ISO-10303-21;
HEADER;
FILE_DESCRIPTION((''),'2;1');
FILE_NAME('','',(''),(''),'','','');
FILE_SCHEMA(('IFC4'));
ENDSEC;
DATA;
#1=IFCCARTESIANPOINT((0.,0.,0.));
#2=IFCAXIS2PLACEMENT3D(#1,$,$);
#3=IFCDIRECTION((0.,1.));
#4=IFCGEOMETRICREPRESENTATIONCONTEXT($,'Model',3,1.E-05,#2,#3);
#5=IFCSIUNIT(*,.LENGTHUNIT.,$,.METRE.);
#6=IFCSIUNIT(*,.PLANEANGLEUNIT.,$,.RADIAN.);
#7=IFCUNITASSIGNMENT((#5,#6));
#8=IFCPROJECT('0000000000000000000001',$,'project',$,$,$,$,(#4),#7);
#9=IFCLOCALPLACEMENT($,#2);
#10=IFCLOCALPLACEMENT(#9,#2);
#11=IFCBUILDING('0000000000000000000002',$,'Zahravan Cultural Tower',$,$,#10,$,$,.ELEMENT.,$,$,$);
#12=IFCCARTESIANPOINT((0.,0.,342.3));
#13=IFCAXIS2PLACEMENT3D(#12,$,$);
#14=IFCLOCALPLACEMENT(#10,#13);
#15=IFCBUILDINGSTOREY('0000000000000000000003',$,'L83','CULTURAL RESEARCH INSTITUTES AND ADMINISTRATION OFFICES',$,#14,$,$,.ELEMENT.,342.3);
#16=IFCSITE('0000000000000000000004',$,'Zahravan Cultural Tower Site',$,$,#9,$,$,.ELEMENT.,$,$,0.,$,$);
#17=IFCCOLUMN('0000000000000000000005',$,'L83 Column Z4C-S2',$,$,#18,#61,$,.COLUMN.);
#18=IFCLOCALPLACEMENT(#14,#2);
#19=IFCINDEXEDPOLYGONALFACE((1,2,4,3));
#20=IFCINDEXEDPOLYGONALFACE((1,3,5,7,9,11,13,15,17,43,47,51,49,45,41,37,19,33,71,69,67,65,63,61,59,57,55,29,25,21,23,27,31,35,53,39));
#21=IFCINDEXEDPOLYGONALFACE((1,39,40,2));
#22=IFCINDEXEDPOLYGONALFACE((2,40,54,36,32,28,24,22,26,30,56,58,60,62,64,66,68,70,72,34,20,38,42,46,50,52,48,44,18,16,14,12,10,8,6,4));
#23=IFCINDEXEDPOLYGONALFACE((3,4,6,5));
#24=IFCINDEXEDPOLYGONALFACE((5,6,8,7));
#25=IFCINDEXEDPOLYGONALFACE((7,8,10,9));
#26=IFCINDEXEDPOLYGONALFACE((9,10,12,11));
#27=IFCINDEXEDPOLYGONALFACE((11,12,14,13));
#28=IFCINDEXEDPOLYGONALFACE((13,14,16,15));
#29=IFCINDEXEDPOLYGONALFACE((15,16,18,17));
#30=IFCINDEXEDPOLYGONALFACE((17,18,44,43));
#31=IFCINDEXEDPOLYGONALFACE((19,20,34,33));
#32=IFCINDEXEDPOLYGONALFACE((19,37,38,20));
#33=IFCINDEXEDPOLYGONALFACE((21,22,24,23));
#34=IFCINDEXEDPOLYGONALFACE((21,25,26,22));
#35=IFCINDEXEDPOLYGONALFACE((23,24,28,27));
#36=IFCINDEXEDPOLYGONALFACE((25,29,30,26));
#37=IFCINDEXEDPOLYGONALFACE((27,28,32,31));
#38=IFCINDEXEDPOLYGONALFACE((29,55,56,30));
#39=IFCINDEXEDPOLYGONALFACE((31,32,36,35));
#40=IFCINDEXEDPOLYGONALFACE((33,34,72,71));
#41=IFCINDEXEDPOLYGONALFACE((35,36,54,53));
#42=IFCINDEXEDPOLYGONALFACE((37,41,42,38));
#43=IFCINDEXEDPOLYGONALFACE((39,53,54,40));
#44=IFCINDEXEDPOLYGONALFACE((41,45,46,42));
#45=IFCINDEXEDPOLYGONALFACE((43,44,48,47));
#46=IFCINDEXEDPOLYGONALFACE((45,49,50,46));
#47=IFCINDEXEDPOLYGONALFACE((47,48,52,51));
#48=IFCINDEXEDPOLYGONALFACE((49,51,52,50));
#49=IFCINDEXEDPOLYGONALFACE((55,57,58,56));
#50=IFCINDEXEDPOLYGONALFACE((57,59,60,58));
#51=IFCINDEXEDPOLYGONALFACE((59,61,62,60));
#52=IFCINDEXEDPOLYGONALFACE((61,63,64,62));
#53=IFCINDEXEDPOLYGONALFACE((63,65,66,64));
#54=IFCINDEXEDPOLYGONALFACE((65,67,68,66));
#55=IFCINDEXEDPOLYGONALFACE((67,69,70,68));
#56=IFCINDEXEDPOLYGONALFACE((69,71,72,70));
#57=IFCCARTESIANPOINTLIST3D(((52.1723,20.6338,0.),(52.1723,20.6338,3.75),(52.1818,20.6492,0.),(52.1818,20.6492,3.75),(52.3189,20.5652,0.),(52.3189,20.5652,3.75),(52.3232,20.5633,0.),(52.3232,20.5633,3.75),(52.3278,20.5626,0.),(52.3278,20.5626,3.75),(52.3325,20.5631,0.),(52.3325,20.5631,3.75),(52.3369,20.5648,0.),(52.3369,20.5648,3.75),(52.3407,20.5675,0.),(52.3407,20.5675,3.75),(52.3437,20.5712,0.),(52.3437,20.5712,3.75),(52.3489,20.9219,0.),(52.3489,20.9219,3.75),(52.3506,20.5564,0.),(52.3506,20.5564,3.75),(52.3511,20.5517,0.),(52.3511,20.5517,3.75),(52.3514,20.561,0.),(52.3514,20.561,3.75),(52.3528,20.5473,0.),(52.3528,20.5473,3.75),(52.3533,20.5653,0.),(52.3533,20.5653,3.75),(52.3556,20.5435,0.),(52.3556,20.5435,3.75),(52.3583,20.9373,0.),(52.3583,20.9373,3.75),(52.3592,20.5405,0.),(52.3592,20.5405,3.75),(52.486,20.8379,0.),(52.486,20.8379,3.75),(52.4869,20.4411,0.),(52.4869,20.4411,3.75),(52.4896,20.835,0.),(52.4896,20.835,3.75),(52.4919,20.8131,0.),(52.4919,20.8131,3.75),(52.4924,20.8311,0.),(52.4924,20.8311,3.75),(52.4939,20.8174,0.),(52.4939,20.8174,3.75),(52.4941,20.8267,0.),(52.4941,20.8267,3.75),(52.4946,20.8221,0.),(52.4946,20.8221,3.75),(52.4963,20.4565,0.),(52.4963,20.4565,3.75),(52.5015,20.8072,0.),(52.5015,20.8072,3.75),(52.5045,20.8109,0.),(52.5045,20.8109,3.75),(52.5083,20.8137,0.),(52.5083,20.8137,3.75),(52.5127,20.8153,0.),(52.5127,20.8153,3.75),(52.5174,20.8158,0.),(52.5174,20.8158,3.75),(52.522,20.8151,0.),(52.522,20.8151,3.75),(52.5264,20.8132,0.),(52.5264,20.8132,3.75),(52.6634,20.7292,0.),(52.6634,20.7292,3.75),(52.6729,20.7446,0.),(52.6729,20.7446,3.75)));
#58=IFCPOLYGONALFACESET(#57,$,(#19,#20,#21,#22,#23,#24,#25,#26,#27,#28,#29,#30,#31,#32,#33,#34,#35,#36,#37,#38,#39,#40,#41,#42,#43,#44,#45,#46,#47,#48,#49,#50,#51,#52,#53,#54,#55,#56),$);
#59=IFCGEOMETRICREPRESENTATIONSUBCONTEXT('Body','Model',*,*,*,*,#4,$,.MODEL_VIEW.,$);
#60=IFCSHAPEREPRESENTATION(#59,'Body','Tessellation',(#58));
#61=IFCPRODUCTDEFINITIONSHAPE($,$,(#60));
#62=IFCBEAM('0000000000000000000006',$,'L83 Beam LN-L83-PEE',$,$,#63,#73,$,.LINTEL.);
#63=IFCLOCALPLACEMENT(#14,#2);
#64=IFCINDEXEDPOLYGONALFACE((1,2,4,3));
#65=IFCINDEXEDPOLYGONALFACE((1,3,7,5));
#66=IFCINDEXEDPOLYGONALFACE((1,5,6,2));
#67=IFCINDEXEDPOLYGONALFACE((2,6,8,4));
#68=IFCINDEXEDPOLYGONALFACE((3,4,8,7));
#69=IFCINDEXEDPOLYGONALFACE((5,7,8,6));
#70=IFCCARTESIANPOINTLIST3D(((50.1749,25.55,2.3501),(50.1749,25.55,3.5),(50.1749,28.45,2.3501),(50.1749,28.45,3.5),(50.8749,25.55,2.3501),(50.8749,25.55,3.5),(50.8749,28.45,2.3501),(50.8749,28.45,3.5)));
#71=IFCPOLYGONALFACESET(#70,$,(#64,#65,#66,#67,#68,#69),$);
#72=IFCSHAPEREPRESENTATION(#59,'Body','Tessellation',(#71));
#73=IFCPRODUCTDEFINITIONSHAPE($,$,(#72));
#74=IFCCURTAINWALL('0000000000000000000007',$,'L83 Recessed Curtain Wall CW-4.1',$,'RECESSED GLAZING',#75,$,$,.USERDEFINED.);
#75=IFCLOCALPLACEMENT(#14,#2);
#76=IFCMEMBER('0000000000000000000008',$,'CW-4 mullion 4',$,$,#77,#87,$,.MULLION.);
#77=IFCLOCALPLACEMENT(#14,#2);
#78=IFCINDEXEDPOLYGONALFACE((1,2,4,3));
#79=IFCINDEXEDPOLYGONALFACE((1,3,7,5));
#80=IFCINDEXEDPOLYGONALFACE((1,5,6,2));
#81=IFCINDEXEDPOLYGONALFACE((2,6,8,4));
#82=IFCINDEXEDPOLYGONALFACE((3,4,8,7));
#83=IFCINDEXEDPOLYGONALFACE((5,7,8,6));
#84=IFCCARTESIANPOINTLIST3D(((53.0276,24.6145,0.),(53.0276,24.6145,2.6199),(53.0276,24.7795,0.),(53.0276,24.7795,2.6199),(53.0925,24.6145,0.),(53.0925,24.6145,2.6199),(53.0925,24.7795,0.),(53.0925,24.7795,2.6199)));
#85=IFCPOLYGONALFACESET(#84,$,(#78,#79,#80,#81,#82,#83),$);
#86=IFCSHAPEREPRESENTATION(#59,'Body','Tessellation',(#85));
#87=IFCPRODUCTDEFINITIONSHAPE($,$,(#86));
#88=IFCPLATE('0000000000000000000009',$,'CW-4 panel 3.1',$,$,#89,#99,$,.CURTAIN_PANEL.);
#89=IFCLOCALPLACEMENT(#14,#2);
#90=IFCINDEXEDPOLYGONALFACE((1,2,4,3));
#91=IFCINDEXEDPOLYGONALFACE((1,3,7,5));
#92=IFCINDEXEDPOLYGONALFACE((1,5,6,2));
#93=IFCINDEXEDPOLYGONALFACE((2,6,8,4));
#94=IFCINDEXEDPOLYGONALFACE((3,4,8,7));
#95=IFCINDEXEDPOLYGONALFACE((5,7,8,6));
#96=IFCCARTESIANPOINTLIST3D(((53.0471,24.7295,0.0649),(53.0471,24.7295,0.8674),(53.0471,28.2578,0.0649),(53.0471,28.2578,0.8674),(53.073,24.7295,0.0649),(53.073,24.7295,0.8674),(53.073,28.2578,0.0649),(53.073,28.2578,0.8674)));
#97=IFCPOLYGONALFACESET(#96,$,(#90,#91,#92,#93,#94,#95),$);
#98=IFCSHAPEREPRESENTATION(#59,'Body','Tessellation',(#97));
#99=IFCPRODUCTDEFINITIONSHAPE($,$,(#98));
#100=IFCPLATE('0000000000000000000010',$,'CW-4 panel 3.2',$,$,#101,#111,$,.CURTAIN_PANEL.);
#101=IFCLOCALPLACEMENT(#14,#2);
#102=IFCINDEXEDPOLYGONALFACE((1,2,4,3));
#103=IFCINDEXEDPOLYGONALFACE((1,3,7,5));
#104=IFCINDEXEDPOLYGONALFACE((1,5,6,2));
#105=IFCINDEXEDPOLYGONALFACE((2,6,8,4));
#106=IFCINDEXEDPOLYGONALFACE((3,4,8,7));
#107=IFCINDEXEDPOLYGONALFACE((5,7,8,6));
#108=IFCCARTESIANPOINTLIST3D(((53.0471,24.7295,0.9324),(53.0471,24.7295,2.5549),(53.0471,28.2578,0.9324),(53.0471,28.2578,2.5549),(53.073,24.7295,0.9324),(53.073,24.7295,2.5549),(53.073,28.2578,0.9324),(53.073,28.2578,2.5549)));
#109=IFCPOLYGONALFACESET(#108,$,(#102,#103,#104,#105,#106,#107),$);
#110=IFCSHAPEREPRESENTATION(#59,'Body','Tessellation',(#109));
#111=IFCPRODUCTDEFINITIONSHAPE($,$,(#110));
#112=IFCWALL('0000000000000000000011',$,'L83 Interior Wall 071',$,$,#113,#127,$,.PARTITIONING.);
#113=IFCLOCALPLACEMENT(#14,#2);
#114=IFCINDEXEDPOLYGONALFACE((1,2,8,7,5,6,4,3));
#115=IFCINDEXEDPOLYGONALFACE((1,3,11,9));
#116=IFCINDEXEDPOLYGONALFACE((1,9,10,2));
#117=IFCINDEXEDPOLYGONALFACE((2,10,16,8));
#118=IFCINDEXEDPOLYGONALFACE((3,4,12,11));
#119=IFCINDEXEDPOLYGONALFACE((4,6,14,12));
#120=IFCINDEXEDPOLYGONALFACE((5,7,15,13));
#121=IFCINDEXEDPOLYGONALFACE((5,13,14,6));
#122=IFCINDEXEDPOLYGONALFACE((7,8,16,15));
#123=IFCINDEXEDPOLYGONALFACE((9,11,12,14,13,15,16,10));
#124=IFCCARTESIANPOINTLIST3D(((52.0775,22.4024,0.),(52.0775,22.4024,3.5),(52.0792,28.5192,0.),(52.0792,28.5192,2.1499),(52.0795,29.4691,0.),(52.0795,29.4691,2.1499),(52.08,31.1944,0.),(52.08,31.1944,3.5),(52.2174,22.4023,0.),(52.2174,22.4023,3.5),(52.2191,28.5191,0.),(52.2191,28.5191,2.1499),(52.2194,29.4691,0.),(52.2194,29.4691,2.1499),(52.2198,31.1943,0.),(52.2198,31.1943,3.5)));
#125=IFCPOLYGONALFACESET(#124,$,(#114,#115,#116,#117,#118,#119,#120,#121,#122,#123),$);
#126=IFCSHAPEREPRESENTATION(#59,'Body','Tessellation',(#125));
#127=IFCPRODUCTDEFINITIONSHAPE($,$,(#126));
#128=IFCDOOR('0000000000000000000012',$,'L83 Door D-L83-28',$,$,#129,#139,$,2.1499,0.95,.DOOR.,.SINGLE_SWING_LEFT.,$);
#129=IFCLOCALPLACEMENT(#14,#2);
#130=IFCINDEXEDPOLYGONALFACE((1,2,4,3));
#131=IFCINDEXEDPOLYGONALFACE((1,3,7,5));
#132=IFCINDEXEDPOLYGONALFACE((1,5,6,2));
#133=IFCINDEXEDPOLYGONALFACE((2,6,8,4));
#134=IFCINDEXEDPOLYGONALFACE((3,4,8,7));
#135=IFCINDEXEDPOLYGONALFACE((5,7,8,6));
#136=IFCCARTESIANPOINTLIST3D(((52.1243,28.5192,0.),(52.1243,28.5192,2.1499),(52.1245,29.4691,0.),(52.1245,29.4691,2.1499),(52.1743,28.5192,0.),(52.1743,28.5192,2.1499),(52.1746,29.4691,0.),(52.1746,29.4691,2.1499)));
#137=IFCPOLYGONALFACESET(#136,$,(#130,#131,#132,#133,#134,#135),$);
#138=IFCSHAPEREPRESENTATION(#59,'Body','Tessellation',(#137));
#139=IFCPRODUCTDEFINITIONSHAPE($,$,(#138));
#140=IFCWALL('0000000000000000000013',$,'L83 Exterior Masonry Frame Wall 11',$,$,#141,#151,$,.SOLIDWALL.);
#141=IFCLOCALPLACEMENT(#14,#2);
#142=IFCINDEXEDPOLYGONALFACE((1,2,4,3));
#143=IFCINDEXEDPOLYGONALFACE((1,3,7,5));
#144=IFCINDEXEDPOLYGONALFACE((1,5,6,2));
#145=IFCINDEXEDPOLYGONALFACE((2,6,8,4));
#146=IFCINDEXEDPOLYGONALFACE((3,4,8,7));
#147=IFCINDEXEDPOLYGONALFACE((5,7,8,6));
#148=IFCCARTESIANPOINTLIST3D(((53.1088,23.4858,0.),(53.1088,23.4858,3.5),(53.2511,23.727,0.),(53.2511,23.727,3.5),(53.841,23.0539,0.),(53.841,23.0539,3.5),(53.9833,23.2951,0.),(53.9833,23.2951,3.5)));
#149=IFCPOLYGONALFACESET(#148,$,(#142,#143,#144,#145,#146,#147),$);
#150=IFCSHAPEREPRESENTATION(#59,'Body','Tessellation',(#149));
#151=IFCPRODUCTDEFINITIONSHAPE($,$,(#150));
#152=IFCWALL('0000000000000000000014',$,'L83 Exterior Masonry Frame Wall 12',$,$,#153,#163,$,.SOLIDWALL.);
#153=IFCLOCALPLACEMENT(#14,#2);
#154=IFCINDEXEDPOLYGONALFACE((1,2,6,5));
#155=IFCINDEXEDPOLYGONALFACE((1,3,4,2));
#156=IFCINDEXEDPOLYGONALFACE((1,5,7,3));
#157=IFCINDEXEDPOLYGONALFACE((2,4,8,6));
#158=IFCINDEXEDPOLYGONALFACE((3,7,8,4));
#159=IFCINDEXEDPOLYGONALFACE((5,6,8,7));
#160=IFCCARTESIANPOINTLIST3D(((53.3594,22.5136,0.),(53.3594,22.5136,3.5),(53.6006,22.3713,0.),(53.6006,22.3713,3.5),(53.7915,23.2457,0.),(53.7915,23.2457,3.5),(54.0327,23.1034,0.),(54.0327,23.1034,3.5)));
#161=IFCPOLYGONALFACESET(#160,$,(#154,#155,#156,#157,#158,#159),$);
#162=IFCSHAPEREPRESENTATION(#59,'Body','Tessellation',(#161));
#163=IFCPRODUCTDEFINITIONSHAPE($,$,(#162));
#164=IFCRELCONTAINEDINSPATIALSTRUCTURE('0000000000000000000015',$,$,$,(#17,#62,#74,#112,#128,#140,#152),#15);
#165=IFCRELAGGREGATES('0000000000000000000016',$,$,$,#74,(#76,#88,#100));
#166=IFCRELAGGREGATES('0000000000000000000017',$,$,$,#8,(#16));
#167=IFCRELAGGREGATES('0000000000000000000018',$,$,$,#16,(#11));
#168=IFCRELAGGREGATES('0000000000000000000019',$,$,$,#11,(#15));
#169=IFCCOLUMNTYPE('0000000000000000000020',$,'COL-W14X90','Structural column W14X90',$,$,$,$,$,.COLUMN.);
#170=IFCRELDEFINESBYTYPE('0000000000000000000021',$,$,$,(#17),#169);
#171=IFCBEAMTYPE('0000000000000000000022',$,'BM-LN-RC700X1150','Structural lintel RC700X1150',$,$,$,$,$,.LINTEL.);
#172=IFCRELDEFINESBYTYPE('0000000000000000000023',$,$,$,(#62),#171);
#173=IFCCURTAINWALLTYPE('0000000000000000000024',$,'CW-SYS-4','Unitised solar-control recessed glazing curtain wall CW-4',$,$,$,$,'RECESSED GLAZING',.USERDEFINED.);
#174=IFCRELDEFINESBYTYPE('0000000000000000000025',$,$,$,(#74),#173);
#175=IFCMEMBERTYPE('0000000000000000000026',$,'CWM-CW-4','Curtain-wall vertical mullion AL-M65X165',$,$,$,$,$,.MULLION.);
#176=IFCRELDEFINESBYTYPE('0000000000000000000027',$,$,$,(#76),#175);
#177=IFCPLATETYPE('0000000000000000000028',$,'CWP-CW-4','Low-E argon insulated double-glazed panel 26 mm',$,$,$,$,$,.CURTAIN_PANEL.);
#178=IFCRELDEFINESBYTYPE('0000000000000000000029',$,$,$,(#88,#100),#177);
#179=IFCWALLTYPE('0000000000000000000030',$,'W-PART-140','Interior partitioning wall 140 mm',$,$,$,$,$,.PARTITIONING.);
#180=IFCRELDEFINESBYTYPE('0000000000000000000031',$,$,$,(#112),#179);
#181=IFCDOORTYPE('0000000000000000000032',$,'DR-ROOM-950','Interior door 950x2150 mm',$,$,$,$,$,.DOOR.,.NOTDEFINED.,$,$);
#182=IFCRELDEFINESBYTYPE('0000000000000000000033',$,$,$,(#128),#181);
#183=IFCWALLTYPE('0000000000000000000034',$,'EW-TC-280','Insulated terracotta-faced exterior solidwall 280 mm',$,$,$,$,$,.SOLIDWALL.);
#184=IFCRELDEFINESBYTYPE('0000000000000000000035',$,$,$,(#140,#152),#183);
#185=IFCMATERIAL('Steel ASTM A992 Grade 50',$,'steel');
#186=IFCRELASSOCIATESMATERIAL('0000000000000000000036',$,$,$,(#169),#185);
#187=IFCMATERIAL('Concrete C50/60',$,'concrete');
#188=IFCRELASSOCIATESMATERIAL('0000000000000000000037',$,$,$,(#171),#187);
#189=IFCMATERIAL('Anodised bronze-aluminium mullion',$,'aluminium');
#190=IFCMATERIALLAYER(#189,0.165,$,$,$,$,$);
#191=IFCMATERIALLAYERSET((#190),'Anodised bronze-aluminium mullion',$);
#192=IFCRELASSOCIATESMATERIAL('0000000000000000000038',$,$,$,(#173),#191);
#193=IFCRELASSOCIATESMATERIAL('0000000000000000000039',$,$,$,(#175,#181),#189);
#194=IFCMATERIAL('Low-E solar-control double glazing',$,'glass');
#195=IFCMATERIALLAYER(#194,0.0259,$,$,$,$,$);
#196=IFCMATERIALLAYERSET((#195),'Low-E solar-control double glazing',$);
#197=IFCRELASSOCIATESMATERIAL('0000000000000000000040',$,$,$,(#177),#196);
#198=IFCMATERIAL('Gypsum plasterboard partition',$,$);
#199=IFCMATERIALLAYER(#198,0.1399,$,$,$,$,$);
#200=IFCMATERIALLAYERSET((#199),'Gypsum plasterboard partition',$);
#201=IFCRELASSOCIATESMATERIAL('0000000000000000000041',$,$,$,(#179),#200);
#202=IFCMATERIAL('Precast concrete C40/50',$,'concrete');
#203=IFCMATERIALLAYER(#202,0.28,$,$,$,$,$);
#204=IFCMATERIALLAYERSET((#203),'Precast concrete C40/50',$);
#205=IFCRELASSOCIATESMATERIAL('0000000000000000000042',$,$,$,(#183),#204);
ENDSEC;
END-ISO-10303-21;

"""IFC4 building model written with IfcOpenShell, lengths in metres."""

from ifc_helpers import new_model, si_unit, direction, frame, frame_2d, origin, origin_2d, place, context, subcontext, project, spatial, rectangle, i_section, extrude, source, transform, mapped, material, layer, layer_set, material_profile, profile_set, type_object, element, fill, aggregate, save


model = new_model("IFC4")

# Units and contexts
model_context = context("Model", 3, precision=1e-05, world=origin(), true_north=direction((0.0, 1.0)))
body_context = subcontext(model_context, "Body", "Model", "MODEL_VIEW")
ifc_project = project(units=[si_unit("LENGTHUNIT", "METRE"), si_unit("PLANEANGLEUNIT", "RADIAN")], contexts=[model_context])

# Site, building, storey
site_placement = place(None, origin())
site = spatial("IfcSite", under=ifc_project, at=site_placement, Name="Zahravan Cultural Tower Site", CompositionType="ELEMENT", RefElevation=0.0)
building_placement = place(site_placement, origin())
building = spatial("IfcBuilding", under=site, at=building_placement, Name="Zahravan Cultural Tower", CompositionType="ELEMENT")
storey_placement = place(building_placement, frame((0.0, 0.0, 342.3)))
storey = spatial("IfcBuildingStorey", under=building, at=storey_placement, Name="L83", Description="CULTURAL RESEARCH INSTITUTES AND ADMINISTRATION OFFICES", CompositionType="ELEMENT", Elevation=342.3)

# Column
ifc_material_1 = material(Name="Steel ASTM A992 Grade 50", Category="steel")
ifc_material_profile_1 = material_profile(ifc_material_1, i_section(OverallWidth=0.3689, OverallDepth=0.356, WebThickness=0.0112, FlangeThickness=0.0181, FilletRadius=0.0181, at=origin_2d()), Name="W14X90")
ifc_profile_set_1 = profile_set([ifc_material_profile_1], Name="Steel ASTM A992 Grade 50")
column_type = type_object("IfcColumnType", Name="COL-W14X90", Description="Structural column W14X90", PredefinedType="COLUMN", material=ifc_profile_set_1)
shared_shape_1 = source(origin(), body_context, "Body", "SweptSolid", [
    extrude(i_section(OverallWidth=0.3689, OverallDepth=0.356, WebThickness=0.0112, FlangeThickness=0.0181, FilletRadius=0.0181, at=origin_2d()), origin(), (0.0, 0.0, 1.0), 3.75),
])
column_placement = place(storey_placement, frame((52.4226, 20.6892, 0.0), z_axis=(0.0, 0.0, 1.0), x_axis=(-0.85264, 0.522499, 0.0)))
element("IfcColumn", 1, at=column_placement, inside=storey, type_object=column_type, Name="L83 Column Z4C-S2", PredefinedType="COLUMN", context=body_context, shape_type="MappedRepresentation", body=[
    mapped(shared_shape_1, transform((0.0, 0.0, 0.0), x_axis=(1.0, 0.0, 0.0), y_axis=(0.0, 1.0, 0.0), z_axis=(0.0, 0.0, 1.0), scale=1.0)),
])

# Beam
ifc_material_2 = material(Name="Concrete C50/60", Category="concrete")
ifc_material_profile_2 = material_profile(ifc_material_2, rectangle(XDim=0.7, YDim=1.1499, at=origin_2d()), Name="RC700X1150")
ifc_profile_set_2 = profile_set([ifc_material_profile_2], Name="Concrete C50/60")
beam_type = type_object("IfcBeamType", Name="BM-LN-RC700X1150", Description="Structural lintel RC700X1150", PredefinedType="LINTEL", material=ifc_profile_set_2)
shared_shape_2 = source(origin(), body_context, "Body", "SweptSolid", [
    extrude(rectangle(XDim=0.7, YDim=1.1499, at=origin_2d()), origin(), (0.0, 0.0, 1.0), 2.8999),
])
beam_placement = place(storey_placement, frame((50.5249, 25.55, 2.925), z_axis=(0.0, 1.0, 0.0), x_axis=(-1.0, 0.0, 0.0)))
element("IfcBeam", 2, at=beam_placement, inside=storey, type_object=beam_type, Name="L83 Beam LN-L83-PEE", PredefinedType="LINTEL", context=body_context, shape_type="MappedRepresentation", body=[
    mapped(shared_shape_2, transform((0.0, 0.0, 0.0), x_axis=(1.0, 0.0, 0.0), y_axis=(0.0, 1.0, 0.0), z_axis=(0.0, 0.0, 1.0), scale=1.0)),
])

# Curtain wall, member, plates
ifc_material_3 = material(Name="Anodised bronze-aluminium mullion", Category="aluminium")
ifc_layer_1 = layer(ifc_material_3, 0.165)
ifc_layer_set_1 = layer_set([ifc_layer_1], Name="Anodised bronze-aluminium mullion")
curtain_wall_type = type_object("IfcCurtainWallType", Name="CW-SYS-4", Description="Unitised solar-control recessed glazing curtain wall CW-4", ElementType="RECESSED GLAZING", PredefinedType="USERDEFINED", material=ifc_layer_set_1)
curtain_wall_placement = place(storey_placement, origin())
curtain_wall = element("IfcCurtainWall", 3, at=curtain_wall_placement, inside=storey, type_object=curtain_wall_type, Name="L83 Recessed Curtain Wall CW-4.1", ObjectType="RECESSED GLAZING", PredefinedType="USERDEFINED")
ifc_material_profile_3 = material_profile(ifc_material_3, rectangle(XDim=0.0649, YDim=0.165, at=origin_2d()), Name="AL-M65X165")
ifc_profile_set_3 = profile_set([ifc_material_profile_3], Name="Anodised bronze-aluminium mullion")
member_type = type_object("IfcMemberType", Name="CWM-CW-4", Description="Curtain-wall vertical mullion AL-M65X165", PredefinedType="MULLION", material=ifc_profile_set_3)
shared_shape_3 = source(origin(), body_context, "Body", "SweptSolid", [
    extrude(rectangle(XDim=0.0649, YDim=0.165, at=origin_2d()), origin(), (0.0, 0.0, 1.0), 2.6199),
])
member_placement = place(storey_placement, frame((53.0601, 24.697, 0.0), z_axis=(0.0, 0.0, 1.0), x_axis=(1.0, 0.0, 0.0)))
member = element("IfcMember", 4, at=member_placement, type_object=member_type, Name="CW-4 mullion 4", PredefinedType="MULLION", context=body_context, shape_type="MappedRepresentation", body=[
    mapped(shared_shape_3, transform((0.0, 0.0, 0.0), x_axis=(1.0, 0.0, 0.0), y_axis=(0.0, 1.0, 0.0), z_axis=(0.0, 0.0, 1.0), scale=1.0)),
])
ifc_material_4 = material(Name="Low-E solar-control double glazing", Category="glass")
ifc_layer_2 = layer(ifc_material_4, 0.0259)
ifc_layer_set_2 = layer_set([ifc_layer_2], Name="Low-E solar-control double glazing")
plate_type = type_object("IfcPlateType", Name="CWP-CW-4", Description="Low-E argon insulated double-glazed panel 26 mm", PredefinedType="CURTAIN_PANEL", material=ifc_layer_set_2)
shared_shape_4 = source(origin(), body_context, "Body", "SweptSolid", [
    extrude(rectangle(XDim=3.5283, YDim=0.0259, at=origin_2d()), origin(), (0.0, 0.0, 1.0), 0.8025),
])
plate_1_placement = place(storey_placement, frame((53.0601, 26.4937, 0.0649), z_axis=(0.0, 0.0, 1.0), x_axis=(0.0, -1.0, 0.0)))
plate_1 = element("IfcPlate", 5, at=plate_1_placement, type_object=plate_type, Name="CW-4 panel 3.1", PredefinedType="CURTAIN_PANEL", context=body_context, shape_type="MappedRepresentation", body=[
    mapped(shared_shape_4, transform((0.0, 0.0, 0.0), x_axis=(1.0, 0.0, 0.0), y_axis=(0.0, 1.0, 0.0), z_axis=(0.0, 0.0, 1.0), scale=1.0)),
])
shared_shape_5 = source(origin(), body_context, "Body", "SweptSolid", [
    extrude(rectangle(XDim=3.5283, YDim=0.0259, at=origin_2d()), origin(), (0.0, 0.0, 1.0), 1.6226),
])
plate_2_placement = place(storey_placement, frame((53.0601, 26.4937, 0.9324), z_axis=(0.0, 0.0, 1.0), x_axis=(0.0, -1.0, 0.0)))
plate_2 = element("IfcPlate", 6, at=plate_2_placement, type_object=plate_type, Name="CW-4 panel 3.2", PredefinedType="CURTAIN_PANEL", context=body_context, shape_type="MappedRepresentation", body=[
    mapped(shared_shape_5, transform((0.0, 0.0, 0.0), x_axis=(1.0, 0.0, 0.0), y_axis=(0.0, 1.0, 0.0), z_axis=(0.0, 0.0, 1.0), scale=1.0)),
])
aggregate(curtain_wall, [member, plate_1, plate_2])

# Wall, opening, door
ifc_material_5 = material(Name="Gypsum plasterboard partition")
ifc_layer_3 = layer(ifc_material_5, 0.1399)
ifc_layer_set_3 = layer_set([ifc_layer_3], Name="Gypsum plasterboard partition")
wall_type_1 = type_object("IfcWallType", Name="W-PART-140", Description="Interior partitioning wall 140 mm", PredefinedType="PARTITIONING", material=ifc_layer_set_3)
wall_1_placement = place(storey_placement, frame((52.1475, 22.4023, 0.0), z_axis=(0.0, 0.0, 1.0), x_axis=(0.000278, 1.0, 0.0)))
wall_1 = element("IfcWall", 7, at=wall_1_placement, inside=storey, type_object=wall_type_1, Name="L83 Interior Wall 071", PredefinedType="PARTITIONING", context=body_context, shape_type="SweptSolid", body=[
    extrude(rectangle(XDim=8.792, YDim=0.1399, at=frame_2d((4.396, 0.0))), origin(), (0.0, 0.0, 1.0), 3.5),
])
opening_placement = place(wall_1_placement, frame((6.1167, 0.0, 0.0)))
opening = element("IfcOpeningElement", 8, at=opening_placement, cuts=wall_1, PredefinedType="OPENING", context=body_context, shape_type="SweptSolid", body=[
    extrude(rectangle(XDim=0.95, YDim=2.1499, at=frame_2d((0.4751, 1.075))), frame((0.0, 0.0798, 0.0), z_axis=(0.0, -1.0, 0.0), x_axis=(1.0, 0.0, 0.0)), (0.0, 0.0, 1.0), 0.1599),
])
door_type = type_object("IfcDoorType", Name="DR-ROOM-950", Description="Interior door 950x2150 mm", OperationType="NOTDEFINED", PredefinedType="DOOR", material=ifc_material_3)
shared_shape_6 = source(origin(), body_context, "Body", "SweptSolid", [
    extrude(rectangle(XDim=0.95, YDim=2.1499, at=frame_2d((0.4751, 1.075))), frame((0.0, 0.0249, 0.0), z_axis=(0.0, -1.0, 0.0), x_axis=(1.0, 0.0, 0.0)), (0.0, 0.0, 1.0), 0.05),
])
door_placement = place(opening_placement, origin())
door = element("IfcDoor", 9, at=door_placement, inside=storey, type_object=door_type, Name="L83 Door D-L83-28", OperationType="SINGLE_SWING_LEFT", OverallHeight=2.1499, OverallWidth=0.95, PredefinedType="DOOR", context=body_context, shape_type="MappedRepresentation", body=[
    mapped(shared_shape_6, transform((0.0, 0.0, 0.0), x_axis=(1.0, 0.0, 0.0), y_axis=(0.0, 1.0, 0.0), z_axis=(0.0, 0.0, 1.0), scale=1.0)),
])
fill(opening, door)

# Walls
ifc_material_6 = material(Name="Precast concrete C40/50", Category="concrete")
ifc_layer_4 = layer(ifc_material_6, 0.28)
ifc_layer_set_4 = layer_set([ifc_layer_4], Name="Precast concrete C40/50")
wall_type_2 = type_object("IfcWallType", Name="EW-TC-280", Description="Insulated terracotta-faced exterior solidwall 280 mm", PredefinedType="SOLIDWALL", material=ifc_layer_set_4)
shared_shape_7 = source(origin(), body_context, "Body", "SweptSolid", [
    extrude(rectangle(XDim=0.8501, YDim=0.28, at=frame_2d((0.425, 0.0))), origin(), (0.0, 0.0, 1.0), 3.5),
])
for number, where, z_axis, x_axis, name in (
    (10, (53.1799, 23.6064, 0.0), (0.0, 0.0, 1.0), (0.861321, -0.508062, 0.0), "L83 Exterior Masonry Frame Wall 11"),
    (11, (53.9121, 23.1746, 0.0), (0.0, 0.0, 1.0), (-0.508275, -0.861195, 0.0), "L83 Exterior Masonry Frame Wall 12"),
):
    element("IfcWall", number, at=place(storey_placement, frame(where, z_axis=z_axis, x_axis=x_axis)), inside=storey, type_object=wall_type_2, Name=name, PredefinedType="SOLIDWALL", context=body_context, shape_type="MappedRepresentation", body=[
        mapped(shared_shape_7, transform((0.0, 0.0, 0.0), x_axis=(1.0, 0.0, 0.0), y_axis=(0.0, 1.0, 0.0), z_axis=(0.0, 0.0, 1.0), scale=1.0)),
    ])

save(model, "model.ifc")
